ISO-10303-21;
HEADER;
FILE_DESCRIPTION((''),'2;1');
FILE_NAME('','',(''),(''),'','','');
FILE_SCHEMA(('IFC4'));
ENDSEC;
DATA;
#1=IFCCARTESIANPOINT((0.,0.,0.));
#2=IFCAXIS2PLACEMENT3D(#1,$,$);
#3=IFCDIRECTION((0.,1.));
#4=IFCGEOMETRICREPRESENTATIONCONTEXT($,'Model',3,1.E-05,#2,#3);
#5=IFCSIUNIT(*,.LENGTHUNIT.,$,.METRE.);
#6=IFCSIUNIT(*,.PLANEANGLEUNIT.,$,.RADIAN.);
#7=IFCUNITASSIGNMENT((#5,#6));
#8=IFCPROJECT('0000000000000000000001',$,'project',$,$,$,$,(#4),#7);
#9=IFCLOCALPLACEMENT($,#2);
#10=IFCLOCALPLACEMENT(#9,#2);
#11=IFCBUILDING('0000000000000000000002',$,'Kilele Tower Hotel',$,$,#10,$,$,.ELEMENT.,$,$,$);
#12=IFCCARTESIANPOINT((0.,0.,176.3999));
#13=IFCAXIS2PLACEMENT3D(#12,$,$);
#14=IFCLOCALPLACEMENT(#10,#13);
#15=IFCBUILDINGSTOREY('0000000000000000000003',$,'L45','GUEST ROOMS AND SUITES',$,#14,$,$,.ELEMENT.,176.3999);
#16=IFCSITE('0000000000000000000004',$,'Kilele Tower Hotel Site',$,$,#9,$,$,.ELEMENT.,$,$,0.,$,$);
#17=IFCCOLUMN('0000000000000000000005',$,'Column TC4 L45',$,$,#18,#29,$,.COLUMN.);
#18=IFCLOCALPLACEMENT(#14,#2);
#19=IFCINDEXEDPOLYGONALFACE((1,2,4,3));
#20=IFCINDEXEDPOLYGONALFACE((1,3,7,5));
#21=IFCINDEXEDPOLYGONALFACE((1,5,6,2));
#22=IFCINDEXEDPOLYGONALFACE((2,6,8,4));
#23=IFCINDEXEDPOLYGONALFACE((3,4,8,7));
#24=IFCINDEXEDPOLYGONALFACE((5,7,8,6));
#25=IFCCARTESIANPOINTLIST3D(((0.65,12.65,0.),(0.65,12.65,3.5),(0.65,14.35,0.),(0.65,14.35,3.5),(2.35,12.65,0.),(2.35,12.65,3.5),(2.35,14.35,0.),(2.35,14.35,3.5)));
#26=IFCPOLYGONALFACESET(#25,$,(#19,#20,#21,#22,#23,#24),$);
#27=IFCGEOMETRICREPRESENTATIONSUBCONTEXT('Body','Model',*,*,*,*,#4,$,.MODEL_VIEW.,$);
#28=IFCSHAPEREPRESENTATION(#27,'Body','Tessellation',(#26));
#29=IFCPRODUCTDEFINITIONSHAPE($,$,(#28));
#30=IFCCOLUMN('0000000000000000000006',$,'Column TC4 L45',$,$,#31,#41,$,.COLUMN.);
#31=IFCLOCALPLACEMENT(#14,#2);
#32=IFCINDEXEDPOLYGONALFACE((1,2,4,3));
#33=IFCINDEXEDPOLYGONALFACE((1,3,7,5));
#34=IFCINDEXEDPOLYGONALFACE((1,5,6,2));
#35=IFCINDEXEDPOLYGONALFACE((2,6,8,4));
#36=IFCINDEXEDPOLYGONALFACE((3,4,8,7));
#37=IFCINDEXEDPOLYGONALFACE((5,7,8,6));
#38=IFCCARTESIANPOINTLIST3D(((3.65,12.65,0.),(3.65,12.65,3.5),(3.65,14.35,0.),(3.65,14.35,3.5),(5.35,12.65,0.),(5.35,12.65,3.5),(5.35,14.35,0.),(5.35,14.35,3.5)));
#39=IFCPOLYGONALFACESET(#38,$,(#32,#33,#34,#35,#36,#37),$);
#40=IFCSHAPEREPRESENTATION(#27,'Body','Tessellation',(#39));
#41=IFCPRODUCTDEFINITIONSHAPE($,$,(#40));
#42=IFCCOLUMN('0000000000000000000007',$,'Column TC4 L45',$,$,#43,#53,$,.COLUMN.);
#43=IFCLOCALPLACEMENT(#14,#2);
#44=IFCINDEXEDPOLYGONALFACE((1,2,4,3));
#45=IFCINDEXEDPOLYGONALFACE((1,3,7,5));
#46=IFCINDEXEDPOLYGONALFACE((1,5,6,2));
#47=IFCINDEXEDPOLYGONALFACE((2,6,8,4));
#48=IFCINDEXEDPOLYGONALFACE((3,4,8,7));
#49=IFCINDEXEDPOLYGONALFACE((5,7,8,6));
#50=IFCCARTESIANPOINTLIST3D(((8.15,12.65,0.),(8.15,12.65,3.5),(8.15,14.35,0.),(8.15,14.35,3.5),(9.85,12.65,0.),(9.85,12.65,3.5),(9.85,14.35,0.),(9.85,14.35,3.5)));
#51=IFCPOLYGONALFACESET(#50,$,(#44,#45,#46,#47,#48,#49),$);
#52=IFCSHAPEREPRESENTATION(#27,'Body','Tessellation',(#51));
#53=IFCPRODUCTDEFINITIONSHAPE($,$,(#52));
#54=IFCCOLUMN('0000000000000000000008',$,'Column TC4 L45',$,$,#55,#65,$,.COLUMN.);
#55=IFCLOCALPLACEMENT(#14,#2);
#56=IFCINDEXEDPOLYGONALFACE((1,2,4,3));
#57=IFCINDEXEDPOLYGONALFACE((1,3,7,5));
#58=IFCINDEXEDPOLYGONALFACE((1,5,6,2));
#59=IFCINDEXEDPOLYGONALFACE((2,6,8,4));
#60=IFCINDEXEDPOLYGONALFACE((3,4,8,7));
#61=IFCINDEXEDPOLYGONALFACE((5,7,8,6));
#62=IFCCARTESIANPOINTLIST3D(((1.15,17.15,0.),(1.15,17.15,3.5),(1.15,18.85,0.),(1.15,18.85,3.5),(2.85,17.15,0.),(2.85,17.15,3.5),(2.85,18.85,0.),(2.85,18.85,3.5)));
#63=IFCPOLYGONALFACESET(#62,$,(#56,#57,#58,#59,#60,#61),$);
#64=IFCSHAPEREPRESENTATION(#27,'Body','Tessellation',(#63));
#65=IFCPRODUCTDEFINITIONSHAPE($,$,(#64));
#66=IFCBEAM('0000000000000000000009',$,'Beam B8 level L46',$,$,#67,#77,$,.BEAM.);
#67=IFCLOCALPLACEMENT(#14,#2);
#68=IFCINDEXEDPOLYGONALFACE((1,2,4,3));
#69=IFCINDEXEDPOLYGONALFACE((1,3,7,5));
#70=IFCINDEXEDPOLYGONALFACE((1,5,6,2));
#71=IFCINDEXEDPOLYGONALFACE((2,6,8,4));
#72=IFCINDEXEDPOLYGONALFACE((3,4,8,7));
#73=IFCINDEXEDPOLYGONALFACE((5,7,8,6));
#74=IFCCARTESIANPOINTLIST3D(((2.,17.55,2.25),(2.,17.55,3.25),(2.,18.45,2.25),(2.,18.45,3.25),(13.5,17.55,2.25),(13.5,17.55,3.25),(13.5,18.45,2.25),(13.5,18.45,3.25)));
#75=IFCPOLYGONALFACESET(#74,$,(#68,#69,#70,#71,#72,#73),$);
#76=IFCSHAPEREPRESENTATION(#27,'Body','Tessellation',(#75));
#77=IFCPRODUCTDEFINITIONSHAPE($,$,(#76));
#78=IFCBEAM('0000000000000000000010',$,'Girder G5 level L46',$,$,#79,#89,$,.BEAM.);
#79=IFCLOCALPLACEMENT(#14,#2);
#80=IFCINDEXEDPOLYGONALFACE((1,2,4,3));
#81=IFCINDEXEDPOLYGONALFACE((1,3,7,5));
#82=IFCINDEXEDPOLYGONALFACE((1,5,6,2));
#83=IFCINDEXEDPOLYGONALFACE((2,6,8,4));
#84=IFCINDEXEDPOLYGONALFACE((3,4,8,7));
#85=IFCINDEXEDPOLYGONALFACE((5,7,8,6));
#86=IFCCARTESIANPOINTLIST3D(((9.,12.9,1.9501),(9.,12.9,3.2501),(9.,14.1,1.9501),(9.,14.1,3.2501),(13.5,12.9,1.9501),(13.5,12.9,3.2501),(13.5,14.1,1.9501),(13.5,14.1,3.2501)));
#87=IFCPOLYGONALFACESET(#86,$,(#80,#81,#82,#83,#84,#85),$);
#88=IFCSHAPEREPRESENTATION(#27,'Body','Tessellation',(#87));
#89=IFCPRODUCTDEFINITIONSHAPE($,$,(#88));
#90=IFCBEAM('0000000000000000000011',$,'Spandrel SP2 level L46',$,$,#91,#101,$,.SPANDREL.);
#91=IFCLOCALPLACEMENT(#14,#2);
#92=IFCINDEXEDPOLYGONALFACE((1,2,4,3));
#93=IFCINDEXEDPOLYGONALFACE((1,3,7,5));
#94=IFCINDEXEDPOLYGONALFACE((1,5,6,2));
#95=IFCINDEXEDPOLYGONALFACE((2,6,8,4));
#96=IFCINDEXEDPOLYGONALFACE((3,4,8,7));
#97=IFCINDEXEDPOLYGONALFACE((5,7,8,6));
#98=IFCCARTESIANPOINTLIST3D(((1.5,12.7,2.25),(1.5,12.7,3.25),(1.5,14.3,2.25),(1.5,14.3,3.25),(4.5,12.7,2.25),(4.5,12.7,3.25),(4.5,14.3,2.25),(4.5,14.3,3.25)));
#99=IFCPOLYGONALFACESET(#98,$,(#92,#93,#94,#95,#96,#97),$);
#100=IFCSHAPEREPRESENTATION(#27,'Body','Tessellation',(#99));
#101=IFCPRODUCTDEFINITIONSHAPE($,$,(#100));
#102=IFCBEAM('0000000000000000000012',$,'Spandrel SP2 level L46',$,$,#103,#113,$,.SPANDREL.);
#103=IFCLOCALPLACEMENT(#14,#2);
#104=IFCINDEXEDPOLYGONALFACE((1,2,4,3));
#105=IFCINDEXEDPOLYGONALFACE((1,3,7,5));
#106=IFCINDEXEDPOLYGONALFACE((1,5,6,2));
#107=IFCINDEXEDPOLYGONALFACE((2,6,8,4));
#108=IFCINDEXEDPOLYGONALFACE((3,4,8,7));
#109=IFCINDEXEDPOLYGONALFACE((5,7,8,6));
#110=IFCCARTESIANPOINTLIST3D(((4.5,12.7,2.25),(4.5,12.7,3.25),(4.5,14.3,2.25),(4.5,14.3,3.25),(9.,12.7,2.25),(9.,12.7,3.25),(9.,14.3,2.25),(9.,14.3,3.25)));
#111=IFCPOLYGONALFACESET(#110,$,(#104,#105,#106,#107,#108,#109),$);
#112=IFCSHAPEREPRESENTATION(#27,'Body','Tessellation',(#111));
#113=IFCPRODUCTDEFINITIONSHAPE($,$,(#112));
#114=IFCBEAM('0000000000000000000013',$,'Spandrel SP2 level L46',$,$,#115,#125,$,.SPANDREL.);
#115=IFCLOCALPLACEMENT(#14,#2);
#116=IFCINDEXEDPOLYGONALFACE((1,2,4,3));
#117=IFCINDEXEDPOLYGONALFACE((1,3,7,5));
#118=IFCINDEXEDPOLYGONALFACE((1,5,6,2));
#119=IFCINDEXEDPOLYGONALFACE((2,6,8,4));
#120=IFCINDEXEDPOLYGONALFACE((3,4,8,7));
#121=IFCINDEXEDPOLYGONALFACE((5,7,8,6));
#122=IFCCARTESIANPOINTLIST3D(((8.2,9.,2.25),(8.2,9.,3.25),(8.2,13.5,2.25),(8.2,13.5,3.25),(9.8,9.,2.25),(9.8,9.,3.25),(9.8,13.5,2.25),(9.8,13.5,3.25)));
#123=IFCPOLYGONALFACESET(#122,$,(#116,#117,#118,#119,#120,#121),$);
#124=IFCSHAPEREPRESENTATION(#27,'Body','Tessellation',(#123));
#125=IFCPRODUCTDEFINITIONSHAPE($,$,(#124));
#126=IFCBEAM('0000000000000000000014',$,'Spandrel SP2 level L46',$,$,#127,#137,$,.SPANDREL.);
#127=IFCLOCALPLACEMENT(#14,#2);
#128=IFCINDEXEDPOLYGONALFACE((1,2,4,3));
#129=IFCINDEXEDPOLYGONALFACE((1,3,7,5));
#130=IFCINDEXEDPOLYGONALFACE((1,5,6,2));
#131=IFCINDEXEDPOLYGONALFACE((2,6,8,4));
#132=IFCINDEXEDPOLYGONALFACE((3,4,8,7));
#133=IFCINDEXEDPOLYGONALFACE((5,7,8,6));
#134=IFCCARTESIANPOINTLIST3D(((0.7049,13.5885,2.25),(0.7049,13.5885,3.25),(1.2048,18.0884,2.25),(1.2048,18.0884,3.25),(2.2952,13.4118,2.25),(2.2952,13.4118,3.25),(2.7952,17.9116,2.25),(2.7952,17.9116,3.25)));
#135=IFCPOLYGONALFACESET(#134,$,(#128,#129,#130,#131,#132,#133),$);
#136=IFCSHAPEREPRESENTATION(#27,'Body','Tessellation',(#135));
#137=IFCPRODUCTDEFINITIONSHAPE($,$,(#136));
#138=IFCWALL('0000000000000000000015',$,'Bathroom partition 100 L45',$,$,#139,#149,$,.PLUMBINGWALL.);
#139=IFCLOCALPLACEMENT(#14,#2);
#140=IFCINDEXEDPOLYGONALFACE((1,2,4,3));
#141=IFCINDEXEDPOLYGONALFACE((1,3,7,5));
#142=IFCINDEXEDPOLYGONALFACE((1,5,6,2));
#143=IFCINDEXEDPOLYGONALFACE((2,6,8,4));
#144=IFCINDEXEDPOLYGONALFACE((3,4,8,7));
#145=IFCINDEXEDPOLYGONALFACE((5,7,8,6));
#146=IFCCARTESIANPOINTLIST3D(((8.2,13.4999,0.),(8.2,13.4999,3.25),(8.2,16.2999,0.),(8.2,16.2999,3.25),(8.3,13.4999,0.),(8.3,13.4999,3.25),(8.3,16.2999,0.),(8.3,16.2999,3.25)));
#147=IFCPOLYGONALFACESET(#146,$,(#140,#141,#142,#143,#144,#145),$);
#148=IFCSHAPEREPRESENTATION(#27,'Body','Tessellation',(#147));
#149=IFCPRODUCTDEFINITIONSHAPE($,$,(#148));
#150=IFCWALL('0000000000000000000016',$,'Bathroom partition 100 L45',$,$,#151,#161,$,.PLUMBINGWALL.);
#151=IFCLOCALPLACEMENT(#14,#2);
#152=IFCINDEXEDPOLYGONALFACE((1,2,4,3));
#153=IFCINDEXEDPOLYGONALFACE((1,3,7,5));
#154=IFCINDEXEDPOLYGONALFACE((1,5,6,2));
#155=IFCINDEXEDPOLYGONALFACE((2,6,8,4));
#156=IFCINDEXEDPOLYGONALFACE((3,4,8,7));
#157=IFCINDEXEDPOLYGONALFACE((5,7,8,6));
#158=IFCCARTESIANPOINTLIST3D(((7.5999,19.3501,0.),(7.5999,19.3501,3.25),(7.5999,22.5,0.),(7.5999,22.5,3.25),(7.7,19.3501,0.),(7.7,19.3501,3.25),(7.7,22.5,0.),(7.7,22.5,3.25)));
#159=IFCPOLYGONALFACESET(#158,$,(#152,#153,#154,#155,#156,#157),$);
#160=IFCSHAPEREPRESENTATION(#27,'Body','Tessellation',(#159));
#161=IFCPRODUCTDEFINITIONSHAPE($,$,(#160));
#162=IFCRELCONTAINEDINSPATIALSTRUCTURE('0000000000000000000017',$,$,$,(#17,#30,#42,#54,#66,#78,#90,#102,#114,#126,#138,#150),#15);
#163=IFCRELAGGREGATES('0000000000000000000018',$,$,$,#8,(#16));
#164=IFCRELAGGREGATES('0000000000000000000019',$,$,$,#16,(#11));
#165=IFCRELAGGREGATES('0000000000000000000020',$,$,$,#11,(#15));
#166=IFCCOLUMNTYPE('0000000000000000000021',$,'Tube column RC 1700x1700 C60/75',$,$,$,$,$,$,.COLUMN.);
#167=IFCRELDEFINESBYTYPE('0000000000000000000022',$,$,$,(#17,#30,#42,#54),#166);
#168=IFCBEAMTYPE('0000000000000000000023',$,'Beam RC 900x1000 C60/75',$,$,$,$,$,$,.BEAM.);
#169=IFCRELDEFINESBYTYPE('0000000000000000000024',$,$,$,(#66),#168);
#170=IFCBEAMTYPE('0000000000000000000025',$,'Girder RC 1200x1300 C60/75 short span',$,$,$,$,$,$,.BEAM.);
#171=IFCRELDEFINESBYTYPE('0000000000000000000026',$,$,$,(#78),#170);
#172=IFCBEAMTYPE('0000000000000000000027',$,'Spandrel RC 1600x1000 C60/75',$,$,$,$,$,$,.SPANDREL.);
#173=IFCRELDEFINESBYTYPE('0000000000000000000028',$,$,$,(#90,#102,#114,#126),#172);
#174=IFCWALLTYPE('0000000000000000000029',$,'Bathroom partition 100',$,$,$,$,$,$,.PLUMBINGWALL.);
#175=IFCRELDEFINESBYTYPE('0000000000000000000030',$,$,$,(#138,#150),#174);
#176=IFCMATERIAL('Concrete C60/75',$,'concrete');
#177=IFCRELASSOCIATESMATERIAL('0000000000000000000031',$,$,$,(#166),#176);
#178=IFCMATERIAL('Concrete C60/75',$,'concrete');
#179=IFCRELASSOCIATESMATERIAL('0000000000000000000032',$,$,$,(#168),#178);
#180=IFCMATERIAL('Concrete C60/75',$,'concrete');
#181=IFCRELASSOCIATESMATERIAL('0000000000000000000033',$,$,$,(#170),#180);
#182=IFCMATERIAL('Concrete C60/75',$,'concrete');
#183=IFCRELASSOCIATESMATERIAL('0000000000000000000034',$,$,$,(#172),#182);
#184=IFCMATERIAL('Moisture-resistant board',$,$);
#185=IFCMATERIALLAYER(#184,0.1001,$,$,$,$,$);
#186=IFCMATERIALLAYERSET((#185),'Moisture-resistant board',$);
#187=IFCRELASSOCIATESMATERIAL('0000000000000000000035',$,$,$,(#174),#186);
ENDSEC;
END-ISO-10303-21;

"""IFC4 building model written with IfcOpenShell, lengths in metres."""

from ifc_helpers import new_model, si_unit, direction, frame, frame_2d, origin, origin_2d, place, context, subcontext, project, spatial, rectangle, extrude, material, layer, layer_set, material_profile, profile_set, type_object, element, save


model = new_model("IFC4")

# Units and contexts
model_context = context("Model", 3, precision=1e-05, world=origin(), true_north=direction((0.0, 1.0)))
body_context = subcontext(model_context, "Body", "Model", "MODEL_VIEW")
ifc_project = project(units=[si_unit("LENGTHUNIT", "METRE"), si_unit("PLANEANGLEUNIT", "RADIAN")], contexts=[model_context])

# Site, building, storey
site_placement = place(None, origin())
site = spatial("IfcSite", under=ifc_project, at=site_placement, Name="Kilele Tower Hotel Site", CompositionType="ELEMENT", RefElevation=0.0)
building_placement = place(site_placement, origin())
building = spatial("IfcBuilding", under=site, at=building_placement, Name="Kilele Tower Hotel", CompositionType="ELEMENT")
storey_placement = place(building_placement, frame((0.0, 0.0, 176.3999)))
storey = spatial("IfcBuildingStorey", under=building, at=storey_placement, Name="L45", Description="GUEST ROOMS AND SUITES", CompositionType="ELEMENT", Elevation=176.3999)

# Columns
ifc_material_1 = material(Name="Concrete C60/75", Category="concrete")
ifc_material_profile_1 = material_profile(ifc_material_1, rectangle(XDim=1.7, YDim=1.7, at=origin_2d()))
ifc_profile_set_1 = profile_set([ifc_material_profile_1], Name="Concrete C60/75")
column_type = type_object("IfcColumnType", Name="Tube column RC 1700x1700 C60/75", PredefinedType="COLUMN", material=ifc_profile_set_1)
for number, where, z_axis, x_axis, name in (
    (1, (1.5, 13.5, 0.0), (0.0, 0.0, 1.0), (1.0, 0.0, 0.0), "Column TC4 L45"),
    (2, (4.5, 13.5, 0.0), (0.0, 0.0, 1.0), (1.0, 0.0, 0.0), "Column TC4 L45"),
    (3, (9.0, 13.5, 0.0), (0.0, 0.0, 1.0), (1.0, 0.0, 0.0), "Column TC4 L45"),
    (4, (2.0, 18.0, 0.0), (0.0, 0.0, 1.0), (1.0, 0.0, 0.0), "Column TC4 L45"),
):
    element("IfcColumn", number, at=place(storey_placement, frame(where, z_axis=z_axis, x_axis=x_axis)), inside=storey, type_object=column_type, Name=name, PredefinedType="COLUMN", context=body_context, shape_type="SweptSolid", body=[
        extrude(rectangle(XDim=1.7, YDim=1.7, at=origin_2d()), origin(), (0.0, 0.0, 1.0), 3.5),
    ])

# Beams
ifc_material_2 = material(Name="Concrete C60/75", Category="concrete")
ifc_material_profile_2 = material_profile(ifc_material_2, rectangle(XDim=0.8999, YDim=1.0, at=origin_2d()))
ifc_profile_set_2 = profile_set([ifc_material_profile_2], Name="Concrete C60/75")
beam_type_1 = type_object("IfcBeamType", Name="Beam RC 900x1000 C60/75", PredefinedType="BEAM", material=ifc_profile_set_2)
beam_1_placement = place(storey_placement, frame((2.0, 18.0, 2.75), z_axis=(1.0, 0.0, 0.0), x_axis=(0.0, 1.0, 0.0)))
element("IfcBeam", 5, at=beam_1_placement, inside=storey, type_object=beam_type_1, Name="Beam B8 level L46", PredefinedType="BEAM", context=body_context, shape_type="SweptSolid", body=[
    extrude(rectangle(XDim=0.8999, YDim=1.0, at=origin_2d()), origin(), (0.0, 0.0, 1.0), 11.5),
])
ifc_material_3 = material(Name="Concrete C60/75", Category="concrete")
ifc_material_profile_3 = material_profile(ifc_material_3, rectangle(XDim=1.2, YDim=1.3, at=origin_2d()))
ifc_profile_set_3 = profile_set([ifc_material_profile_3], Name="Concrete C60/75")
beam_type_2 = type_object("IfcBeamType", Name="Girder RC 1200x1300 C60/75 short span", PredefinedType="BEAM", material=ifc_profile_set_3)
beam_2_placement = place(storey_placement, frame((9.0, 13.5, 2.6001), z_axis=(1.0, 0.0, 0.0), x_axis=(0.0, 1.0, 0.0)))
element("IfcBeam", 6, at=beam_2_placement, inside=storey, type_object=beam_type_2, Name="Girder G5 level L46", PredefinedType="BEAM", context=body_context, shape_type="SweptSolid", body=[
    extrude(rectangle(XDim=1.2, YDim=1.3, at=origin_2d()), origin(), (0.0, 0.0, 1.0), 4.5),
])
ifc_material_4 = material(Name="Concrete C60/75", Category="concrete")
ifc_material_profile_4 = material_profile(ifc_material_4, rectangle(XDim=1.6001, YDim=1.0, at=origin_2d()))
ifc_profile_set_4 = profile_set([ifc_material_profile_4], Name="Concrete C60/75")
beam_type_3 = type_object("IfcBeamType", Name="Spandrel RC 1600x1000 C60/75", PredefinedType="SPANDREL", material=ifc_profile_set_4)
beam_3_placement = place(storey_placement, frame((1.5, 13.5, 2.75), z_axis=(1.0, 0.0, 0.0), x_axis=(0.0, 1.0, 0.0)))
element("IfcBeam", 7, at=beam_3_placement, inside=storey, type_object=beam_type_3, Name="Spandrel SP2 level L46", PredefinedType="SPANDREL", context=body_context, shape_type="SweptSolid", body=[
    extrude(rectangle(XDim=1.6001, YDim=1.0, at=origin_2d()), origin(), (0.0, 0.0, 1.0), 3.0),
])
for number, where, z_axis, x_axis, name in (
    (8, (4.5, 13.5, 2.75), (1.0, 0.0, 0.0), (0.0, 1.0, 0.0), "Spandrel SP2 level L46"),
    (9, (9.0, 13.5, 2.75), (0.0, -1.0, 0.0), (1.0, 0.0, 0.0), "Spandrel SP2 level L46"),
):
    element("IfcBeam", number, at=place(storey_placement, frame(where, z_axis=z_axis, x_axis=x_axis)), inside=storey, type_object=beam_type_3, Name=name, PredefinedType="SPANDREL", context=body_context, shape_type="SweptSolid", body=[
        extrude(rectangle(XDim=1.6001, YDim=1.0, at=origin_2d()), origin(), (0.0, 0.0, 1.0), 4.5),
    ])
beam_4_placement = place(storey_placement, frame((2.0, 18.0, 2.75), z_axis=(-0.110432, -0.993884, 0.0), x_axis=(0.993884, -0.110432, 0.0)))
element("IfcBeam", 10, at=beam_4_placement, inside=storey, type_object=beam_type_3, Name="Spandrel SP2 level L46", PredefinedType="SPANDREL", context=body_context, shape_type="SweptSolid", body=[
    extrude(rectangle(XDim=1.6001, YDim=1.0, at=origin_2d()), origin(), (0.0, 0.0, 1.0), 4.5276),
])

# Walls
ifc_material_5 = material(Name="Moisture-resistant board")
ifc_layer_1 = layer(ifc_material_5, 0.1001)
ifc_layer_set_1 = layer_set([ifc_layer_1], Name="Moisture-resistant board")
wall_type_1 = type_object("IfcWallType", Name="Bathroom partition 100", PredefinedType="PLUMBINGWALL", material=ifc_layer_set_1)
wall_1_placement = place(storey_placement, frame((8.25, 13.5, 0.0), z_axis=(0.0, 0.0, 1.0), x_axis=(0.0, 1.0, 0.0)))
element("IfcWall", 11, at=wall_1_placement, inside=storey, type_object=wall_type_1, Name="Bathroom partition 100 L45", PredefinedType="PLUMBINGWALL", context=body_context, shape_type="SweptSolid", body=[
    extrude(rectangle(XDim=2.8, YDim=0.1001, at=frame_2d((1.3999, 0.0))), origin(), (0.0, 0.0, 1.0), 3.25),
])
wall_2_placement = place(storey_placement, frame((7.6499, 19.3501, 0.0), z_axis=(0.0, 0.0, 1.0), x_axis=(0.0, 1.0, 0.0)))
element("IfcWall", 12, at=wall_2_placement, inside=storey, type_object=wall_type_1, Name="Bathroom partition 100 L45", PredefinedType="PLUMBINGWALL", context=body_context, shape_type="SweptSolid", body=[
    extrude(rectangle(XDim=3.1499, YDim=0.1001, at=frame_2d((1.575, 0.0))), origin(), (0.0, 0.0, 1.0), 3.25),
])

save(model, "model.ifc")
